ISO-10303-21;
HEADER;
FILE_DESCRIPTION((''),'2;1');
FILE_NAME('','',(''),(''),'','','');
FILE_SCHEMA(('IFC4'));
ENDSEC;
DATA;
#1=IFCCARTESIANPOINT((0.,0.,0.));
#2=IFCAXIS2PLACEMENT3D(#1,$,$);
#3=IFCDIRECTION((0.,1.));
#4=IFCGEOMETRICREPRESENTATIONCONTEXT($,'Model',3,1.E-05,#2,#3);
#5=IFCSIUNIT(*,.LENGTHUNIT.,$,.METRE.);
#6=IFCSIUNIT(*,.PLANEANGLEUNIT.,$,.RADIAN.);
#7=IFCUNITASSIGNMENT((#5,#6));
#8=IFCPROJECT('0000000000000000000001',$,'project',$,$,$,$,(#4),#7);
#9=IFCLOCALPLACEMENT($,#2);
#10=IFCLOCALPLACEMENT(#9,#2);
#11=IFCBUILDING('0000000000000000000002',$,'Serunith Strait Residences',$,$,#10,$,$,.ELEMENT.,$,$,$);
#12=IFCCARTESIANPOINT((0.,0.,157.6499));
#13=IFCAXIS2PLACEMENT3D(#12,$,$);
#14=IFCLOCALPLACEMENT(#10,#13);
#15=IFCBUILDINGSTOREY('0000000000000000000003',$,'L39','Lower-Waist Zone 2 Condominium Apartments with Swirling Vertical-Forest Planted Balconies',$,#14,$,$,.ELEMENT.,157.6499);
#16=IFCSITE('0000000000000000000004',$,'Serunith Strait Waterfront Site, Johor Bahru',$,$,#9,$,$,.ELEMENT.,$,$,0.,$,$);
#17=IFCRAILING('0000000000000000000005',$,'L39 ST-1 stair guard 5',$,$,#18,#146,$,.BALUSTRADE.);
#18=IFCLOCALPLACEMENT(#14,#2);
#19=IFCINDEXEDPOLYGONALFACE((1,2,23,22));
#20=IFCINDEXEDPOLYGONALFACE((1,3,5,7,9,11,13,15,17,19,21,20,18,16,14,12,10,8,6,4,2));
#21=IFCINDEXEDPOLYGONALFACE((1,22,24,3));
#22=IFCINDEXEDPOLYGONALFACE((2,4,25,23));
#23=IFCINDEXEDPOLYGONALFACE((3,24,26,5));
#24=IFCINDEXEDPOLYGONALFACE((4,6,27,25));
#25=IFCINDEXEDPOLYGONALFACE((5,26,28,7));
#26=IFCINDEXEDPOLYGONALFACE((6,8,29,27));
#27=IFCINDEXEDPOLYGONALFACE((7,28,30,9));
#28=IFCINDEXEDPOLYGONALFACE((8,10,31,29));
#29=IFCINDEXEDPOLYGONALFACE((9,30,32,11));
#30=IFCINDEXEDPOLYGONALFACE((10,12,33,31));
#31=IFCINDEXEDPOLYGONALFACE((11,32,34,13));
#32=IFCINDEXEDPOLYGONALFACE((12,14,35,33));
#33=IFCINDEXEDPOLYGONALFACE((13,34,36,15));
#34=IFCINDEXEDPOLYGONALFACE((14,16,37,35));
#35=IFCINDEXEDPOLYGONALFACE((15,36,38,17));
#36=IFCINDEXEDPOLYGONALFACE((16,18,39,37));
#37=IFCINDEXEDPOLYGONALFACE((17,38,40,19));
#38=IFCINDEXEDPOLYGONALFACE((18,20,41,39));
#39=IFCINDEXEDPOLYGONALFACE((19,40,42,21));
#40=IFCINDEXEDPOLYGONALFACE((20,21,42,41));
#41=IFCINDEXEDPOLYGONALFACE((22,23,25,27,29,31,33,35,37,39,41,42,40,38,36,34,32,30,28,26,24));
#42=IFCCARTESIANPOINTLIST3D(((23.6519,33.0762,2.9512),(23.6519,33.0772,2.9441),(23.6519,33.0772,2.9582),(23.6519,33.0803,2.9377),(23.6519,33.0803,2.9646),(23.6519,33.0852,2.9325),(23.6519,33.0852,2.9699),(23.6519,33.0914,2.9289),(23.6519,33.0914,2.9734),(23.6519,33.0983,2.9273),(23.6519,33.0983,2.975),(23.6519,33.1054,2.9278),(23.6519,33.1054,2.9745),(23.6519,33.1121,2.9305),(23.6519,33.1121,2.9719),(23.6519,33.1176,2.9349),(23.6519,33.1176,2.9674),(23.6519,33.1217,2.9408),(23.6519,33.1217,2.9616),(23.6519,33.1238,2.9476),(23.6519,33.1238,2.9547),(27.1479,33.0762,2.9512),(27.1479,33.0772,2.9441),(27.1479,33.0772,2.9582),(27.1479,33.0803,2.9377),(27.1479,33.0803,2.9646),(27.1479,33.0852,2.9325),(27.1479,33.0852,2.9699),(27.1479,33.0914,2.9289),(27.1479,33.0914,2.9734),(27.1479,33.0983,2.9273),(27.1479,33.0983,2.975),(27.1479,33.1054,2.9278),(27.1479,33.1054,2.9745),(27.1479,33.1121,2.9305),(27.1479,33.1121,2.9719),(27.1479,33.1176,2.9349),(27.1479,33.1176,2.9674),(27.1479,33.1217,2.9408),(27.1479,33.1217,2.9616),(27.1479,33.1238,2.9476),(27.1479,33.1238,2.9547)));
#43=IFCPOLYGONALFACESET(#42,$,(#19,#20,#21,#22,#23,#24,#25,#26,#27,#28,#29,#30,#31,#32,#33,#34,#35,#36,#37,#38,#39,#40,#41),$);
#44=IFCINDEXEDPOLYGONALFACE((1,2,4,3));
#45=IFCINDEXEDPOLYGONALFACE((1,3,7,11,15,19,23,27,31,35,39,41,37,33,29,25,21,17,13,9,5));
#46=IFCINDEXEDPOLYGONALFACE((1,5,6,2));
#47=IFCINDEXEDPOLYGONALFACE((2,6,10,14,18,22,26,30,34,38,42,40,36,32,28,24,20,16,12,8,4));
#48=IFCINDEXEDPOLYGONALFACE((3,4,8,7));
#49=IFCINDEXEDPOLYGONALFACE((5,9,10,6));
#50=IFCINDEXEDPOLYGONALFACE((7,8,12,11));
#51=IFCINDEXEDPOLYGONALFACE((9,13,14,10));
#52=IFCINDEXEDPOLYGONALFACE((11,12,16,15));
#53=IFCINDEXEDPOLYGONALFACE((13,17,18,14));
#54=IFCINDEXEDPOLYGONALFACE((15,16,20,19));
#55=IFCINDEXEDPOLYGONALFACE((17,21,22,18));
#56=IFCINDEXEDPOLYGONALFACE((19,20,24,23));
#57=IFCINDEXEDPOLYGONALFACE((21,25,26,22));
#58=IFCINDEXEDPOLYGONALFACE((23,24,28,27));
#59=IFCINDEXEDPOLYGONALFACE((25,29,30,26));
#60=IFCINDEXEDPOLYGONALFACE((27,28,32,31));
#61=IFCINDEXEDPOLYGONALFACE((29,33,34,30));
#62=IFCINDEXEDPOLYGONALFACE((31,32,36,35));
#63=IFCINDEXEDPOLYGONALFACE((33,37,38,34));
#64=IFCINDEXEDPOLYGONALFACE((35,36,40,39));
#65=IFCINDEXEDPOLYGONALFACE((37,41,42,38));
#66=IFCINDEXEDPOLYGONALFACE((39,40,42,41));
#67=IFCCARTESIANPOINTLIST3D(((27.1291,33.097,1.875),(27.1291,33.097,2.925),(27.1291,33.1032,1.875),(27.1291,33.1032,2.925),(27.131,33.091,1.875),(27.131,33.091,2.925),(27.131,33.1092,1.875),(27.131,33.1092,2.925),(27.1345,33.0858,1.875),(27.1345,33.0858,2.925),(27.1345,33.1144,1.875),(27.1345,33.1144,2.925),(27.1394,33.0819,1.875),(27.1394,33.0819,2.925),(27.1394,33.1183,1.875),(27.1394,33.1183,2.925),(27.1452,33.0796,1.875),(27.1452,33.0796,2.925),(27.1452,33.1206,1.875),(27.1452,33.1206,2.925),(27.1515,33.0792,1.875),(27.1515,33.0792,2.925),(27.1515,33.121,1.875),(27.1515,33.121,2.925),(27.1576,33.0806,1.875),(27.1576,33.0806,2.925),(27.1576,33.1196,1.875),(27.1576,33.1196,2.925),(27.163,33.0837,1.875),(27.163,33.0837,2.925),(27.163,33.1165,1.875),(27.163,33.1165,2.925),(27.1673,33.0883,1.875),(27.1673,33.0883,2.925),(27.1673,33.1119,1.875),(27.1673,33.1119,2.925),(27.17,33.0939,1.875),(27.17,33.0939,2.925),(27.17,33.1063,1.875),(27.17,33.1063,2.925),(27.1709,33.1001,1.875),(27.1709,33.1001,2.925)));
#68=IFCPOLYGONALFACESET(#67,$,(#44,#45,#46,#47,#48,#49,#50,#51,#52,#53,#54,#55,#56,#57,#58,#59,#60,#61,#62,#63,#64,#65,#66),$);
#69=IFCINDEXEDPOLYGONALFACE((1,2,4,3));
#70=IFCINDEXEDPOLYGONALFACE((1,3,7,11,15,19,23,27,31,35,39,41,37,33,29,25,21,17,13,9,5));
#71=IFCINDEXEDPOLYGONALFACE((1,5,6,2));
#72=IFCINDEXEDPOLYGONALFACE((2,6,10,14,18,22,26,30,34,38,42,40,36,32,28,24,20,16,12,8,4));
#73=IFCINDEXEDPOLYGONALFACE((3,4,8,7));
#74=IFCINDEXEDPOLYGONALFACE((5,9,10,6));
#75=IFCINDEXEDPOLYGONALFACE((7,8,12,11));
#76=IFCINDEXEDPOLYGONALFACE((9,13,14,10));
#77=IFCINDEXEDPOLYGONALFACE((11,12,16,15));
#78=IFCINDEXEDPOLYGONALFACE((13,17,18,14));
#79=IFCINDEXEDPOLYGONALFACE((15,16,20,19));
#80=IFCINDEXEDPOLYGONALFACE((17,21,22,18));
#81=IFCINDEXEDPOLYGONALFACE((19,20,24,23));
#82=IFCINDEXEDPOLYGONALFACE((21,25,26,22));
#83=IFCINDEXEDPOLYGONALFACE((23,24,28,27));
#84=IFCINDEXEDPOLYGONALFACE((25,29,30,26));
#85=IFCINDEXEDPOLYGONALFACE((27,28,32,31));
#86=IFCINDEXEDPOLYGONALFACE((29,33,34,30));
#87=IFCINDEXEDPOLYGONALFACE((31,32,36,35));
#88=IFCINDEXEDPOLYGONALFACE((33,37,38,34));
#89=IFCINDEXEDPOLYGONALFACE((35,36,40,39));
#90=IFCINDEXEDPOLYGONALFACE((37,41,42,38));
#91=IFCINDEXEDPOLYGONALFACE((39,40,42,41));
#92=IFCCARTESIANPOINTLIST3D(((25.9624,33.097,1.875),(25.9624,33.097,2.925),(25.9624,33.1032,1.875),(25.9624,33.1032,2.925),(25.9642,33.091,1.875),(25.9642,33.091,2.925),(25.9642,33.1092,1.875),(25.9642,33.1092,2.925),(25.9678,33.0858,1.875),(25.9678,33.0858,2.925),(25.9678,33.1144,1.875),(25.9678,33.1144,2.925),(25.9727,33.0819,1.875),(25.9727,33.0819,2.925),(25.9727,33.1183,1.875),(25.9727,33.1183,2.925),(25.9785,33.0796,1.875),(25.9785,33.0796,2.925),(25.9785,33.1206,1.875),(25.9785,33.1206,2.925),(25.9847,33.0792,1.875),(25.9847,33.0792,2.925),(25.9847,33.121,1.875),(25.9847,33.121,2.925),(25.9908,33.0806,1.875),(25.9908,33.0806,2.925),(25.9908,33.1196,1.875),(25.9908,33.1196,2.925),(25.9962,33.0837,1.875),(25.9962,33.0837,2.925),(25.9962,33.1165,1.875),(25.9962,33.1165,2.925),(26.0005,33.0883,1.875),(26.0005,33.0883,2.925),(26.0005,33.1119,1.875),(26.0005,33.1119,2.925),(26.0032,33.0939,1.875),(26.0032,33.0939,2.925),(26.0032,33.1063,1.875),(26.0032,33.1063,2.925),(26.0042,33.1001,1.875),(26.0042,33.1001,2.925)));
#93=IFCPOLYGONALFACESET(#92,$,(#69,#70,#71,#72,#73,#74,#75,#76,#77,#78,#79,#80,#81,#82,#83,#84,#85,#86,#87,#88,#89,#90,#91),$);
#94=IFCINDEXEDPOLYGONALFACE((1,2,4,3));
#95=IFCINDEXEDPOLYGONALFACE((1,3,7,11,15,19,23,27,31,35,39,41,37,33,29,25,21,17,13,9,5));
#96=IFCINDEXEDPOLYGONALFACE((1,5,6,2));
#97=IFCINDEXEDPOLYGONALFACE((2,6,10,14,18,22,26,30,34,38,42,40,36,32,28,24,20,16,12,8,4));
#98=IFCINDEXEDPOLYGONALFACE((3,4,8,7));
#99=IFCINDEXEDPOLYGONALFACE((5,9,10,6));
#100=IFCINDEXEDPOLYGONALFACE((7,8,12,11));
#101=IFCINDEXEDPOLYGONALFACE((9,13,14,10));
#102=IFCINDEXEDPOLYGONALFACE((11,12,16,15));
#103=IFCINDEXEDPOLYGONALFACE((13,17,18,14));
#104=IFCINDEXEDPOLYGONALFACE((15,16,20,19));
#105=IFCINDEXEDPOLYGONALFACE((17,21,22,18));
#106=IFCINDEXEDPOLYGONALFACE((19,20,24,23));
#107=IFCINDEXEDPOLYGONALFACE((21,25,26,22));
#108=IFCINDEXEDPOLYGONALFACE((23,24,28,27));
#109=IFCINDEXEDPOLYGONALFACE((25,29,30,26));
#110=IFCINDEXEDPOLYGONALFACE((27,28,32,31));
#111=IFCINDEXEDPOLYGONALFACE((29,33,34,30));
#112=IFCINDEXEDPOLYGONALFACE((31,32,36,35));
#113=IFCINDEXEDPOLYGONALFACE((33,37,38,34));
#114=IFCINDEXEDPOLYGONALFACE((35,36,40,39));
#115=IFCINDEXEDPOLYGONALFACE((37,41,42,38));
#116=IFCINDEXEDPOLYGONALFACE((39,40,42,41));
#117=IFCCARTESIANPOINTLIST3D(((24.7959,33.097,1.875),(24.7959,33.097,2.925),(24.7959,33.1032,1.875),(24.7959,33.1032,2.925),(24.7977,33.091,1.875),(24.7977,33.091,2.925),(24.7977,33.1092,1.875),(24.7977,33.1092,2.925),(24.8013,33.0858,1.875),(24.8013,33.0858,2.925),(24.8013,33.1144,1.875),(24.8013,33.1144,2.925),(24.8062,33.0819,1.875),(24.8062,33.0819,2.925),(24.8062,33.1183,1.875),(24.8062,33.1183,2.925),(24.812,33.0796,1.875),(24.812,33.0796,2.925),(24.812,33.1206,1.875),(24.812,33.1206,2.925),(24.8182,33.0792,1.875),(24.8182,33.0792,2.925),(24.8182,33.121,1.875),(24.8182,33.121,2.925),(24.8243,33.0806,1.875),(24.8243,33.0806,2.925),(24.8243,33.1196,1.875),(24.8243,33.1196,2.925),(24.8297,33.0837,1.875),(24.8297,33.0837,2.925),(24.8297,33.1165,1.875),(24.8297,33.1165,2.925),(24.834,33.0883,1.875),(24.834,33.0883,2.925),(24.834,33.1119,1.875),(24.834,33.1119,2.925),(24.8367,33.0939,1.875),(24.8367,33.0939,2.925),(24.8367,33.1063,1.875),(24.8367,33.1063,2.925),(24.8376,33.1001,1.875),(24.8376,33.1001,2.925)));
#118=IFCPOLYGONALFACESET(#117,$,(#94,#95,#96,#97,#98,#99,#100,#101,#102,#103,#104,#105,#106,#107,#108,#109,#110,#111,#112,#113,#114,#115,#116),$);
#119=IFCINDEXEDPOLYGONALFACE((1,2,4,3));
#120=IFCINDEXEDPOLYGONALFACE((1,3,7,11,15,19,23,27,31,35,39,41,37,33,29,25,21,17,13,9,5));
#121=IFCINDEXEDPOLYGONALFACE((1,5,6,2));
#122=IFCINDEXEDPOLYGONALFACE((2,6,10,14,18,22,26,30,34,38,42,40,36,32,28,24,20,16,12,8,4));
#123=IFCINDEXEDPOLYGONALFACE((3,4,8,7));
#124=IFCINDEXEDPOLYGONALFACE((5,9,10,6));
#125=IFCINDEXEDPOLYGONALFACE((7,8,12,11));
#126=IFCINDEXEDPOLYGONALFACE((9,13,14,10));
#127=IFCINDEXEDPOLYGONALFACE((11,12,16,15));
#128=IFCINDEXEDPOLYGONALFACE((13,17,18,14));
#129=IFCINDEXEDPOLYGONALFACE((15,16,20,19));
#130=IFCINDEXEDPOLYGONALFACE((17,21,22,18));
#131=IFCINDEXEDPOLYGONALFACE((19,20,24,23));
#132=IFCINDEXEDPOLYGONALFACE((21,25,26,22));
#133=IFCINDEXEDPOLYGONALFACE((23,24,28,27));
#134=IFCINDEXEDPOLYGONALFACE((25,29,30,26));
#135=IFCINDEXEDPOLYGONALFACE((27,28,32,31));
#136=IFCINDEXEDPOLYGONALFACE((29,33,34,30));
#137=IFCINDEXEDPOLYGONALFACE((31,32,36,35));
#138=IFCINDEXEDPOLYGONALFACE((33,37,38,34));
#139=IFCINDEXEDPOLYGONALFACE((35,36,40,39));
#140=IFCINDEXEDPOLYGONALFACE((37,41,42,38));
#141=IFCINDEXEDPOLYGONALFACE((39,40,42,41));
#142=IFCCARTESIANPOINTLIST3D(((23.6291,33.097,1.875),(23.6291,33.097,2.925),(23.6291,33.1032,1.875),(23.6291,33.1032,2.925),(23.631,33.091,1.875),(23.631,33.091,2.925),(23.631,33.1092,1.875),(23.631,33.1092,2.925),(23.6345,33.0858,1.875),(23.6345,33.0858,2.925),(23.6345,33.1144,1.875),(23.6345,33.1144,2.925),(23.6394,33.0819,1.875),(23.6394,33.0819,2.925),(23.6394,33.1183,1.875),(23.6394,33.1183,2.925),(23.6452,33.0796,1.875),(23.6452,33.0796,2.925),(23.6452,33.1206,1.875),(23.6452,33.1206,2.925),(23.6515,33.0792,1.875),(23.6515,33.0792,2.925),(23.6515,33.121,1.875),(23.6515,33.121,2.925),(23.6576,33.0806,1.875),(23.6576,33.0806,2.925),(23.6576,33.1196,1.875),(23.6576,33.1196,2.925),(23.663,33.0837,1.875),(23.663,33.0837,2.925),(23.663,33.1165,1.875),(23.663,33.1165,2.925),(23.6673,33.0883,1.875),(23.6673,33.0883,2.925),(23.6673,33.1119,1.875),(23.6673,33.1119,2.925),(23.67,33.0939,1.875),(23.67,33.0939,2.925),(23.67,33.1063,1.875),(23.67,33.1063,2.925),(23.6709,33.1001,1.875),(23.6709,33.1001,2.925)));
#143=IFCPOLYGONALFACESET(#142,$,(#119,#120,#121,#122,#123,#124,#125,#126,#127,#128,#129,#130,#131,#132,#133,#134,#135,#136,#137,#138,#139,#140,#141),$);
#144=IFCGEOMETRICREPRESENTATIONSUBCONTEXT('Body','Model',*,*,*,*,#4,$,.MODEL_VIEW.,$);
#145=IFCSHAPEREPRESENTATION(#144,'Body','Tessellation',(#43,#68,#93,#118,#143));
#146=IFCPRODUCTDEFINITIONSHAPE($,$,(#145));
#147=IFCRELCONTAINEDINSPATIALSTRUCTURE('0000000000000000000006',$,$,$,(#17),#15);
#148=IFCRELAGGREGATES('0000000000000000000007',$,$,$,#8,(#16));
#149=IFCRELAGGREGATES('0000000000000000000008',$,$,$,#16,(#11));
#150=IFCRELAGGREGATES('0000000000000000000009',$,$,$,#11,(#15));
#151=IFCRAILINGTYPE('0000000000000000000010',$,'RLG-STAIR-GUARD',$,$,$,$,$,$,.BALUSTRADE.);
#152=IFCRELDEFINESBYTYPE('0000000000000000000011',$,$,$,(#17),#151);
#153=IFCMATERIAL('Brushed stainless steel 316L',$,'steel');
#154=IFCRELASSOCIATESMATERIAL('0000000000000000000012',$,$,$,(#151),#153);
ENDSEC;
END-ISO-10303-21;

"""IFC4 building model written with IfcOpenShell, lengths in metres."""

from ifc_helpers import new_model, si_unit, direction, frame, origin, origin_2d, place, context, subcontext, project, spatial, circle, extrude, material, type_object, element, save


model = new_model("IFC4")

# Units and contexts
model_context = context("Model", 3, precision=1e-05, world=origin(), true_north=direction((0.0, 1.0)))
body_context = subcontext(model_context, "Body", "Model", "MODEL_VIEW")
ifc_project = project(units=[si_unit("LENGTHUNIT", "METRE"), si_unit("PLANEANGLEUNIT", "RADIAN")], contexts=[model_context])

# Site, building, storey
site_placement = place(None, origin())
site = spatial("IfcSite", under=ifc_project, at=site_placement, Name="Serunith Strait Waterfront Site, Johor Bahru", CompositionType="ELEMENT", RefElevation=0.0)
building_placement = place(site_placement, origin())
building = spatial("IfcBuilding", under=site, at=building_placement, Name="Serunith Strait Residences", CompositionType="ELEMENT")
storey_placement = place(building_placement, frame((0.0, 0.0, 157.6499)))
storey = spatial("IfcBuildingStorey", under=building, at=storey_placement, Name="L39", Description="Lower-Waist Zone 2 Condominium Apartments with Swirling Vertical-Forest Planted Balconies", CompositionType="ELEMENT", Elevation=157.6499)

# Railing
ifc_material_1 = material(Name="Brushed stainless steel 316L", Category="steel")
railing_type = type_object("IfcRailingType", Name="RLG-STAIR-GUARD", PredefinedType="BALUSTRADE", material=ifc_material_1)
railing_1_placement = place(storey_placement, frame((27.1499, 33.1001, 1.875)))
element("IfcRailing", 1, at=railing_1_placement, inside=storey, type_object=railing_type, Name="L39 ST-1 stair guard 5", PredefinedType="BALUSTRADE", context=body_context, shape_type="SweptSolid", body=[
    extrude(circle(Radius=0.0239, at=origin_2d()), frame((-0.002, 0.0, 1.0762), z_axis=(-1.0, 0.0, 0.0), x_axis=(0.0, -1.0, 0.0)), (0.0, 0.0, 1.0), 3.4961),
    extrude(circle(Radius=0.021, at=origin_2d()), origin(), (0.0, 0.0, 1.0), 1.05),
    extrude(circle(Radius=0.021, at=origin_2d()), frame((-1.1667, 0.0, 0.0)), (0.0, 0.0, 1.0), 1.05),
    extrude(circle(Radius=0.021, at=origin_2d()), frame((-2.3333, 0.0, 0.0)), (0.0, 0.0, 1.0), 1.05),
    extrude(circle(Radius=0.021, at=origin_2d()), frame((-3.5, 0.0, 0.0)), (0.0, 0.0, 1.0), 1.05),
])

save(model, "model.ifc")
